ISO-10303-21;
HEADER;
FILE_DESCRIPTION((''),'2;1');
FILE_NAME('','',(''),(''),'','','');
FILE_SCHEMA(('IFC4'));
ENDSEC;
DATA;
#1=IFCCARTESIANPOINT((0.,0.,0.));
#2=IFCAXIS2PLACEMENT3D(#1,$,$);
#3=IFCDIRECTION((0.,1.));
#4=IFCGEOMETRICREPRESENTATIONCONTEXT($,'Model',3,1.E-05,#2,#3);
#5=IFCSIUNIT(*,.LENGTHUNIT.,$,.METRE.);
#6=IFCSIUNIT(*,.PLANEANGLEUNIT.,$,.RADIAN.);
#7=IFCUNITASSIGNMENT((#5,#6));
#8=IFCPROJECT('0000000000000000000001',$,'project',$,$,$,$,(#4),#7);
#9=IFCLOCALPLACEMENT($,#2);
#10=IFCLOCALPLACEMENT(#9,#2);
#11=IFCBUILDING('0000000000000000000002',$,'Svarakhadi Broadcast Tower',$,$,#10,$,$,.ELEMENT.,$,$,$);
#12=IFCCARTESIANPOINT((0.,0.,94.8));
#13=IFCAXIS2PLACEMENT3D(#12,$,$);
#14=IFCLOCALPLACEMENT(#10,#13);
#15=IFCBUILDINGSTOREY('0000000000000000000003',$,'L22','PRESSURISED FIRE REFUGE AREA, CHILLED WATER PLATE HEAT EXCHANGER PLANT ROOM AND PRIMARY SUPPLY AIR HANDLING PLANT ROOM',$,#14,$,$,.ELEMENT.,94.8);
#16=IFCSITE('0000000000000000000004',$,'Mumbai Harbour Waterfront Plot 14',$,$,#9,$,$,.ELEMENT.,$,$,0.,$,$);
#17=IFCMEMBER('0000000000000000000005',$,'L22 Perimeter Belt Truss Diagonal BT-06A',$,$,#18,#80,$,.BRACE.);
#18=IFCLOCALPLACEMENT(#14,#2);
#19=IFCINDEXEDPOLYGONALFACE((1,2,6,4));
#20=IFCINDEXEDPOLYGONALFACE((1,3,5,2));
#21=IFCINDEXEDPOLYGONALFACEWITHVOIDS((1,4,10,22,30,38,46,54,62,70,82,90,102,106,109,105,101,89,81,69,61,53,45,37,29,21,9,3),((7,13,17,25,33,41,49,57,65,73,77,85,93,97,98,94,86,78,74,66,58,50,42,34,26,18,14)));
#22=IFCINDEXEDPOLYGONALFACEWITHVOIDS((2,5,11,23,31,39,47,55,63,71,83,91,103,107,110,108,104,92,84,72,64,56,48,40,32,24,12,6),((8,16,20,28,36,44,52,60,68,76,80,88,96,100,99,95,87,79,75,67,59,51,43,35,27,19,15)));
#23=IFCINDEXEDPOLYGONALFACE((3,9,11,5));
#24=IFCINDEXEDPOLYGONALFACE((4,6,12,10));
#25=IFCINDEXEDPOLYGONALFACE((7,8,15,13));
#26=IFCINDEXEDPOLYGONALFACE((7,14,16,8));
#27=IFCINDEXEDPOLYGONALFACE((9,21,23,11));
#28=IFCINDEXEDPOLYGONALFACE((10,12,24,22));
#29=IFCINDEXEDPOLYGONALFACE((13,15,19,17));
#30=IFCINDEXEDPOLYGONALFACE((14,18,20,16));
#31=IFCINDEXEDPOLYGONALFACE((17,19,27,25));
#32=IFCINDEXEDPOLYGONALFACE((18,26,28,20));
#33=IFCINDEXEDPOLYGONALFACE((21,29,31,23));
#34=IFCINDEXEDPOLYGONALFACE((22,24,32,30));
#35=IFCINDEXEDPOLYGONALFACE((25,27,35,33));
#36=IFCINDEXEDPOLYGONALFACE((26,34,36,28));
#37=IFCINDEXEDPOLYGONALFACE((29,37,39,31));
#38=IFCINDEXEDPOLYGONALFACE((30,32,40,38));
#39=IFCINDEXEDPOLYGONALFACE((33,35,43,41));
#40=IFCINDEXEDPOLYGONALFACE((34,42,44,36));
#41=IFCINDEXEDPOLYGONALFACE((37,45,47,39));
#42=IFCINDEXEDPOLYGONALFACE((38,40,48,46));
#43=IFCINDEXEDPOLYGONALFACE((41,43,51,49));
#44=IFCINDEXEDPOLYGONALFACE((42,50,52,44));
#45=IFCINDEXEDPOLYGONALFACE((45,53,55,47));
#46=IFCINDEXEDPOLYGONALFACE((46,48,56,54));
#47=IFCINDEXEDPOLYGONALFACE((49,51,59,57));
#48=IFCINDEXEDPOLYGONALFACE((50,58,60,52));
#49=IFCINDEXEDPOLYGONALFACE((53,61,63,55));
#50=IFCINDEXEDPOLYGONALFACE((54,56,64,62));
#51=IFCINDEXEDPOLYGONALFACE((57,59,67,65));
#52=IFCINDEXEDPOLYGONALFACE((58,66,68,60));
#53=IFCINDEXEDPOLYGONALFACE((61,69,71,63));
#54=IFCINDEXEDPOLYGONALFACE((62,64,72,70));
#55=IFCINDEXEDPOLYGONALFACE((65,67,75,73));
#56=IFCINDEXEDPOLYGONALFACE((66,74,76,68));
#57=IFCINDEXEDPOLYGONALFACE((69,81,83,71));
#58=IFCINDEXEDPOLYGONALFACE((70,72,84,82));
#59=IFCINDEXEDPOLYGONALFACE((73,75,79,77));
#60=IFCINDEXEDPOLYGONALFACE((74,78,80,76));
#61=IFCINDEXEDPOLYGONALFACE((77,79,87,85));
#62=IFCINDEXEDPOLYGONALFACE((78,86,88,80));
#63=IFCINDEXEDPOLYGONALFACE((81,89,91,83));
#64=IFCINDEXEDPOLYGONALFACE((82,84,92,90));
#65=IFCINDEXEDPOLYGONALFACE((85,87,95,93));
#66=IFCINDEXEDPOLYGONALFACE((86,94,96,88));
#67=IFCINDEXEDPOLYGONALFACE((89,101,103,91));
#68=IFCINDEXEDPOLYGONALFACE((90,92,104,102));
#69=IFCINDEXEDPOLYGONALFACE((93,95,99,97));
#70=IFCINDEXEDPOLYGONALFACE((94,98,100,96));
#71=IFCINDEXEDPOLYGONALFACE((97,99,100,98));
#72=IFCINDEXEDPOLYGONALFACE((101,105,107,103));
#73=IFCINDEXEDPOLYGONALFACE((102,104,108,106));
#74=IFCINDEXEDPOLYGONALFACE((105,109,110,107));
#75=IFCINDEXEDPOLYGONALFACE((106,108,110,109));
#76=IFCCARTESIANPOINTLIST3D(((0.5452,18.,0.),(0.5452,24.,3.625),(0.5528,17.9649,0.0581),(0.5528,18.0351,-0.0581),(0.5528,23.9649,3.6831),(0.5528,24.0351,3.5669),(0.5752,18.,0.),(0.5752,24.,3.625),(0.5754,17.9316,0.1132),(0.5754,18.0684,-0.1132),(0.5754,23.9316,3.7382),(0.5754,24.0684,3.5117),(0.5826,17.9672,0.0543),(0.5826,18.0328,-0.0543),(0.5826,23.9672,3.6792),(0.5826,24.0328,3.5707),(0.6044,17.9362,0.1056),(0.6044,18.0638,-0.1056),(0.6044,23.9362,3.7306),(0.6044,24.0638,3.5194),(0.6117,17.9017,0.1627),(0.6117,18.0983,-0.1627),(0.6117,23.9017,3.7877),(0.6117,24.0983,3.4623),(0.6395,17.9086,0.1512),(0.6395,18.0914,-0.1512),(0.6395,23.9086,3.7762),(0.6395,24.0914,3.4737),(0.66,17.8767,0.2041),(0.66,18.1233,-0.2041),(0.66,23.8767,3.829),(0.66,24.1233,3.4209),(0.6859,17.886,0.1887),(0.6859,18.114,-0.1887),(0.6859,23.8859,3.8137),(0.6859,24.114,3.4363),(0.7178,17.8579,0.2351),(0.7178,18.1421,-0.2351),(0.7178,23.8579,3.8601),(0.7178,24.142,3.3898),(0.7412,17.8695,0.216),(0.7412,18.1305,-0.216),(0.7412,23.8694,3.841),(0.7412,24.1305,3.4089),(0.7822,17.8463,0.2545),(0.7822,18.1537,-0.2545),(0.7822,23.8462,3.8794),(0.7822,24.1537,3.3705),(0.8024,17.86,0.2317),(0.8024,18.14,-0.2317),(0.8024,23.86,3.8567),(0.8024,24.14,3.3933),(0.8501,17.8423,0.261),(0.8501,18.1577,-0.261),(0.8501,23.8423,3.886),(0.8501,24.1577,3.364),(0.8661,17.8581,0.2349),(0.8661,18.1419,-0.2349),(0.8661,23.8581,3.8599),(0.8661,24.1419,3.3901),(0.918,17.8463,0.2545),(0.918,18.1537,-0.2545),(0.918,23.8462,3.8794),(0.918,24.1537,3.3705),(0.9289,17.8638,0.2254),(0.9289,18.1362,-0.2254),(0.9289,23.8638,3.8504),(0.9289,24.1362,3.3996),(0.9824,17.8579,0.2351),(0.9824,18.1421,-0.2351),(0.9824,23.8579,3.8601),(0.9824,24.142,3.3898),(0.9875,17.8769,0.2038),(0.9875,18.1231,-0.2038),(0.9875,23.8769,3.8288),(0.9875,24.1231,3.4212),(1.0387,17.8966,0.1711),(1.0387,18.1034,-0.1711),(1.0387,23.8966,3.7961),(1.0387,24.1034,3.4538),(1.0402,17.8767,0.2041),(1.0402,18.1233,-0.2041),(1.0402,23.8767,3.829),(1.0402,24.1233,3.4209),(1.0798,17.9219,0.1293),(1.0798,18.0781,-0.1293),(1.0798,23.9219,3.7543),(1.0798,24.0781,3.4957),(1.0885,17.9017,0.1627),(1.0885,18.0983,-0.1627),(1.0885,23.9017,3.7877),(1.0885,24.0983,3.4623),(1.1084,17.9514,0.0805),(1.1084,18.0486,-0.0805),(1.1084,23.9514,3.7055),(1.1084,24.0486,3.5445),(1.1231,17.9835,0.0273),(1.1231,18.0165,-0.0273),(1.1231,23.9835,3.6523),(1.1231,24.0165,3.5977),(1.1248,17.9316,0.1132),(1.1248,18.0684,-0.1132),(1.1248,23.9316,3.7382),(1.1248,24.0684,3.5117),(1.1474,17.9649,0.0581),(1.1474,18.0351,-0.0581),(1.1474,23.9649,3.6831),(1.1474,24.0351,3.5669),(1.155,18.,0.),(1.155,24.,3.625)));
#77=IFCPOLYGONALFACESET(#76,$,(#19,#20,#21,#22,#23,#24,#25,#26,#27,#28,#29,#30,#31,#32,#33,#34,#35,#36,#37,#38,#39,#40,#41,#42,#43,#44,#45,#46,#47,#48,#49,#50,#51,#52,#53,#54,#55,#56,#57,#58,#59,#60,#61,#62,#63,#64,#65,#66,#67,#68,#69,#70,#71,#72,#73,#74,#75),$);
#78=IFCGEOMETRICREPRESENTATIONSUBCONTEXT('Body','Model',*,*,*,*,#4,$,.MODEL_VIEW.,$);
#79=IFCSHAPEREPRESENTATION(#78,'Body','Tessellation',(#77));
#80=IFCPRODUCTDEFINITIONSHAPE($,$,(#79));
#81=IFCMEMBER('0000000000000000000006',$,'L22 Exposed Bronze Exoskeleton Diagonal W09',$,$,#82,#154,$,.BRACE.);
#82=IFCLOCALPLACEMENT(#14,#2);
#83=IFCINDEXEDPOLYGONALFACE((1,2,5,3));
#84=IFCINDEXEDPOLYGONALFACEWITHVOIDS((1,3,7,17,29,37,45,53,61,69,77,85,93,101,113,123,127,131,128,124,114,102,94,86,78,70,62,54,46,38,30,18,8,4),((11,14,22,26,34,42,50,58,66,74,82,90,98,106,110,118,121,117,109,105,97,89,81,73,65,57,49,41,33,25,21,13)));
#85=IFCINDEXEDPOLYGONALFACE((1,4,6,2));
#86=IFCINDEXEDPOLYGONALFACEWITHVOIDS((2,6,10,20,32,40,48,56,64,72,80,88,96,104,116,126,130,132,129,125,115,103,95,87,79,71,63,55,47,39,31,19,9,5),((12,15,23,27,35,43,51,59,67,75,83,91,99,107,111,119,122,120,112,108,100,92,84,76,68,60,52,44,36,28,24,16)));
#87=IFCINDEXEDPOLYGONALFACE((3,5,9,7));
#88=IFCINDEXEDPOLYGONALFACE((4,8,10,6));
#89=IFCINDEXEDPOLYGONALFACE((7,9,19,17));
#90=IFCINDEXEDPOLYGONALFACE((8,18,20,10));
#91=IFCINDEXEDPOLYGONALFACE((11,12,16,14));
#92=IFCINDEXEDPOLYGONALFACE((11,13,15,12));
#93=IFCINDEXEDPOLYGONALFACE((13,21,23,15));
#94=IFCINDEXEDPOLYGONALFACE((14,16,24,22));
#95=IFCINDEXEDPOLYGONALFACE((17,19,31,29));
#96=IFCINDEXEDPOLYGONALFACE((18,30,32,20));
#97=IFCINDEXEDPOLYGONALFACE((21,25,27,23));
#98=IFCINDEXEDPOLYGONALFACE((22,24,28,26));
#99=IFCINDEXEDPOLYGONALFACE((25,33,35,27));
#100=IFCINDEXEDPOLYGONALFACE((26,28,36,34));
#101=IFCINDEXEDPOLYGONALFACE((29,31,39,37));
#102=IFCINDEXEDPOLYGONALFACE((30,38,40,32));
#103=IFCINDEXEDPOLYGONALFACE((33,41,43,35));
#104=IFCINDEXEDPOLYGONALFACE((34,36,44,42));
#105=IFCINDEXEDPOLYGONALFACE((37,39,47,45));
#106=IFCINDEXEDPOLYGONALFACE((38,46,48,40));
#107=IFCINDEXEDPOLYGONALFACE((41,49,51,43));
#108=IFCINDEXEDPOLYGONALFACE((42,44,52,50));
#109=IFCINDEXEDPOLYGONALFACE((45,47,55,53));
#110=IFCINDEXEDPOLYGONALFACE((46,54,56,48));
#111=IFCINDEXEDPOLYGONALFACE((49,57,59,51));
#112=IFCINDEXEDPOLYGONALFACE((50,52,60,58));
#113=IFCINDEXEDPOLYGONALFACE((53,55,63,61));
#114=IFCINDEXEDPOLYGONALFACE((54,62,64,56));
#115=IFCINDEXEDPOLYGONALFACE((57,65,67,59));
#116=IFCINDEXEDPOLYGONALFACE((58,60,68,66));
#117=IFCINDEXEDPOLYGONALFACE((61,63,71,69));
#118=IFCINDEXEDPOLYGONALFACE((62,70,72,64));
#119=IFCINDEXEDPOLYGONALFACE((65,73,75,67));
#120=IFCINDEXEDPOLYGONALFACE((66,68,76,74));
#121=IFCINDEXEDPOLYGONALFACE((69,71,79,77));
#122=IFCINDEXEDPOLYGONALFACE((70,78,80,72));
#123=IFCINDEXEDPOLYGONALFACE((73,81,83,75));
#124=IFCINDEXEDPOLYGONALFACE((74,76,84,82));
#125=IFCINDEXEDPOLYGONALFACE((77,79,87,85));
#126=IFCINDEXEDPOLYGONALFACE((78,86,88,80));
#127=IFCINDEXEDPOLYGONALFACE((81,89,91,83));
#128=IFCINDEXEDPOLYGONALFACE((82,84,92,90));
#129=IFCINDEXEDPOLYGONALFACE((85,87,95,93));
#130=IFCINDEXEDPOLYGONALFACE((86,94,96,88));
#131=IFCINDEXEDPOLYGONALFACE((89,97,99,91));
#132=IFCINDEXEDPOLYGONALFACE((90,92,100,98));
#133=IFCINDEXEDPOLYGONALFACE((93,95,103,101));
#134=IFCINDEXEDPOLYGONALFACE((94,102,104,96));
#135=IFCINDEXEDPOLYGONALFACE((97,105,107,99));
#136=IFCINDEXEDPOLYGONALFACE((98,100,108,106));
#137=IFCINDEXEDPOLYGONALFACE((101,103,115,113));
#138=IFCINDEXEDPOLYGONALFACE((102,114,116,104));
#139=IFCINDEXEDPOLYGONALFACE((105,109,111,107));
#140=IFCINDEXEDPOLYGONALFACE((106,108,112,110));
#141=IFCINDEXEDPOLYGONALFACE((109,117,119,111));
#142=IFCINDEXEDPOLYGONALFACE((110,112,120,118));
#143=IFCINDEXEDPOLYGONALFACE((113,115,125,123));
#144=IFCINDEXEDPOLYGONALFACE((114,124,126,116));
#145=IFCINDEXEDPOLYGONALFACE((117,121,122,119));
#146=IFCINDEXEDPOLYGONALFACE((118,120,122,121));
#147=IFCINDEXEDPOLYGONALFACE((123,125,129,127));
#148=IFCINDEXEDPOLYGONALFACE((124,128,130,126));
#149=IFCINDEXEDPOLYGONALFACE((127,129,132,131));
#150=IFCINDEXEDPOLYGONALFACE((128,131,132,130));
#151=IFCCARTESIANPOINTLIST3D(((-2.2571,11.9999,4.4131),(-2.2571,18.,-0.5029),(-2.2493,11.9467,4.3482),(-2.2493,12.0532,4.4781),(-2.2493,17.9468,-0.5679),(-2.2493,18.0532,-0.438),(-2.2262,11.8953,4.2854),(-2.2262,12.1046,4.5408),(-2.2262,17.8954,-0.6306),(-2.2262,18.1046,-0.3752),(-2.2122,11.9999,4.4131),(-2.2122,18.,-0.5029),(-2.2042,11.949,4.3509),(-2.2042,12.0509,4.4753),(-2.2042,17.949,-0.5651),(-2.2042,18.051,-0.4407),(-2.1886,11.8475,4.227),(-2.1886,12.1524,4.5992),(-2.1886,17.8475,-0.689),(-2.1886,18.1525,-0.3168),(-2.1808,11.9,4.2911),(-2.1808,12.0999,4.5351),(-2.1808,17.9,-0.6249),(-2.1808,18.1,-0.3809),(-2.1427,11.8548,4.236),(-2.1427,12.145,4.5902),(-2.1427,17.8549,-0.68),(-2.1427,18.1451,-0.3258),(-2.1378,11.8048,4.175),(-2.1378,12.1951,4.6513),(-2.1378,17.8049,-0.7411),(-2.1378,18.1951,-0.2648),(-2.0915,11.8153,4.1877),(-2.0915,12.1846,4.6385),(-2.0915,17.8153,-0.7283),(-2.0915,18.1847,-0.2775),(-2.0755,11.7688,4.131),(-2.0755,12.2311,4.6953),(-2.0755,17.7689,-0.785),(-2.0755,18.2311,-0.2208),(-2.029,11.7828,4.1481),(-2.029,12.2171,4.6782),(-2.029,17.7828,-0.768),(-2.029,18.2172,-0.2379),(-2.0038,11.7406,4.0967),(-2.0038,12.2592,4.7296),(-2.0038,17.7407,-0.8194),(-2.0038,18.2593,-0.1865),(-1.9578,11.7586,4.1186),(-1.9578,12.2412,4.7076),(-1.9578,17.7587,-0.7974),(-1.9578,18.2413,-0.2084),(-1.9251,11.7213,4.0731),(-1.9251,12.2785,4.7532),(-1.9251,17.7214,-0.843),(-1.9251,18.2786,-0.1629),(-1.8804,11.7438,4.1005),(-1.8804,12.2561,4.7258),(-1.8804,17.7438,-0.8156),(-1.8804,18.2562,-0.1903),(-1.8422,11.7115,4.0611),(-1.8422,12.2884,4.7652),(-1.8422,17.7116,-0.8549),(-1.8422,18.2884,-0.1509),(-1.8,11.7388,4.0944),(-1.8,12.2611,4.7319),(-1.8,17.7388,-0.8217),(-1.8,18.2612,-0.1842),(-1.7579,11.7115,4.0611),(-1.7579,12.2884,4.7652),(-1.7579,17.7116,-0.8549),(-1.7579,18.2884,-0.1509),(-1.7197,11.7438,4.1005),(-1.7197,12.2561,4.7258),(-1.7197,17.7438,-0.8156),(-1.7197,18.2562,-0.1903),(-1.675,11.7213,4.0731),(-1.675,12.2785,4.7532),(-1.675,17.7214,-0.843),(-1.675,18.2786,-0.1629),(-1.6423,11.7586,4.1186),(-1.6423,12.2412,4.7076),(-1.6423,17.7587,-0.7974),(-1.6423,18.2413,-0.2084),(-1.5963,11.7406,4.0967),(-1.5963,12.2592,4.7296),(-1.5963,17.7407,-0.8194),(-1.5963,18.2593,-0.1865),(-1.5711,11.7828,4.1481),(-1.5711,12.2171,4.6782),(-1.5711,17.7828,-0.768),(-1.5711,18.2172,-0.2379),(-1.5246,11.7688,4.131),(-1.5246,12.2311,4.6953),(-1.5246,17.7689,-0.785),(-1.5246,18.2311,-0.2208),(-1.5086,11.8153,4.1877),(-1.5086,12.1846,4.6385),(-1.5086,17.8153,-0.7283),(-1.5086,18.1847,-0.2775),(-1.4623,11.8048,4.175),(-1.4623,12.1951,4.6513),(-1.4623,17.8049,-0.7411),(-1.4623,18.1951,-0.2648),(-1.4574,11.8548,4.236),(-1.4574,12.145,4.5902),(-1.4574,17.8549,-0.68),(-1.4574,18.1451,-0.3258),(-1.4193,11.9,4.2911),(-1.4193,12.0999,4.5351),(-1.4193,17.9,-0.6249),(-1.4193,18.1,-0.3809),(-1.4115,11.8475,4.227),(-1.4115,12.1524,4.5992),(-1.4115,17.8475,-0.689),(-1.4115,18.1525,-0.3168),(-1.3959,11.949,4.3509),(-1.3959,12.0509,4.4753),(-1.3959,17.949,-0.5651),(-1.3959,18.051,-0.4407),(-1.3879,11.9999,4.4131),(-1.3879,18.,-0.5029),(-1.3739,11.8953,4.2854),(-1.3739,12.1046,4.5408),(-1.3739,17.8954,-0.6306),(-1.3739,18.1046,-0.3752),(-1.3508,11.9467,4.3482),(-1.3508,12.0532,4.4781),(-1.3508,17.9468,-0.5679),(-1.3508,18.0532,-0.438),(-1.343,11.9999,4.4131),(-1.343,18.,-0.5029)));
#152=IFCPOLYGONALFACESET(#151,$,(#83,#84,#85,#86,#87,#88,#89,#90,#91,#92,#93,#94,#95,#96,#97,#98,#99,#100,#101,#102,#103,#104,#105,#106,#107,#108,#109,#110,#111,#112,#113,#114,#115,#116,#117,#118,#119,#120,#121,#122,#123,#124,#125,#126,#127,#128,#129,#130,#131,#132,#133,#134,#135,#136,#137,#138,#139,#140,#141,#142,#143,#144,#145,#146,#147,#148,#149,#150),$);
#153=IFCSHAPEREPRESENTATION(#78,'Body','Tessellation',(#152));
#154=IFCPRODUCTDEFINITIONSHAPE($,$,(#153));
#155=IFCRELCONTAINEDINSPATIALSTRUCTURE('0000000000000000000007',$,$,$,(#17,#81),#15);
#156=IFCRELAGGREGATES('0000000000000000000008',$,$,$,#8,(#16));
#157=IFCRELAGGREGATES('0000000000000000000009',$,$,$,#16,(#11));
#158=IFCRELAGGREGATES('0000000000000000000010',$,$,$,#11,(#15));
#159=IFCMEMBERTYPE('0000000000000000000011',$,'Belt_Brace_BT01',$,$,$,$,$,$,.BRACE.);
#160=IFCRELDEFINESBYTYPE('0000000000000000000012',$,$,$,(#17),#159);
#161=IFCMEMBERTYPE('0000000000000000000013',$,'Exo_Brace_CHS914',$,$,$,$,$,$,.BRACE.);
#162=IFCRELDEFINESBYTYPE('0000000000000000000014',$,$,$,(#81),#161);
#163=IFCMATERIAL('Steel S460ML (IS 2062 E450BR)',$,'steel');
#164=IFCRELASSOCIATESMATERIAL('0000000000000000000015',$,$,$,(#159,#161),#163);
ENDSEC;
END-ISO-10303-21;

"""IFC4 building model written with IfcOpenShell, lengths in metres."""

from ifc_helpers import new_model, si_unit, direction, frame, origin, origin_2d, place, context, subcontext, project, spatial, hollow_circle, extrude, material, material_profile, profile_set, type_object, element, save


model = new_model("IFC4")

# Units and contexts
model_context = context("Model", 3, precision=1e-05, world=origin(), true_north=direction((0.0, 1.0)))
body_context = subcontext(model_context, "Body", "Model", "MODEL_VIEW")
ifc_project = project(units=[si_unit("LENGTHUNIT", "METRE"), si_unit("PLANEANGLEUNIT", "RADIAN")], contexts=[model_context])

# Site, building, storey
site_placement = place(None, origin())
site = spatial("IfcSite", under=ifc_project, at=site_placement, Name="Mumbai Harbour Waterfront Plot 14", CompositionType="ELEMENT", RefElevation=0.0)
building_placement = place(site_placement, origin())
building = spatial("IfcBuilding", under=site, at=building_placement, Name="Svarakhadi Broadcast Tower", CompositionType="ELEMENT")
storey_placement = place(building_placement, frame((0.0, 0.0, 94.8)))
storey = spatial("IfcBuildingStorey", under=building, at=storey_placement, Name="L22", Description="PRESSURISED FIRE REFUGE AREA, CHILLED WATER PLATE HEAT EXCHANGER PLANT ROOM AND PRIMARY SUPPLY AIR HANDLING PLANT ROOM", CompositionType="ELEMENT", Elevation=94.8)

# Shared definitions
ifc_material_1 = material(Name="Steel S460ML (IS 2062 E450BR)", Category="steel")

# Members
ifc_material_profile_1 = material_profile(ifc_material_1, hollow_circle(Radius=0.3049, WallThickness=0.03, at=origin_2d()), Name="CHS 610x30")
ifc_profile_set_1 = profile_set([ifc_material_profile_1], Name="Steel S460ML (IS 2062 E450BR)")
member_type_1 = type_object("IfcMemberType", Name="Belt_Brace_BT01", PredefinedType="BRACE", material=ifc_profile_set_1)
member_1_placement = place(storey_placement, frame((0.8501, 18.0, 0.0), z_axis=(0.0, 0.855916, 0.517116), x_axis=(-1.0, 0.0, 0.0)))
element("IfcMember", 1, at=member_1_placement, inside=storey, type_object=member_type_1, Name="L22 Perimeter Belt Truss Diagonal BT-06A", PredefinedType="BRACE", context=body_context, shape_type="SweptSolid", body=[
    extrude(hollow_circle(Radius=0.3049, WallThickness=0.03, at=origin_2d()), origin(), (0.0, 0.0, 1.0), 7.01),
])
ifc_material_profile_2 = material_profile(ifc_material_1, hollow_circle(Radius=0.457, WallThickness=0.0449, at=origin_2d()), Name="CHS 914x45")
ifc_profile_set_2 = profile_set([ifc_material_profile_2], Name="Steel S460ML (IS 2062 E450BR)")
member_type_2 = type_object("IfcMemberType", Name="Exo_Brace_CHS914", PredefinedType="BRACE", material=ifc_profile_set_2)
for number, where, z_axis, x_axis, name in (
    (2, (-1.8, 18.0, -0.5029), (0.0, -0.77352, 0.633772), (1.0, 0.0, 0.0), "L22 Exposed Bronze Exoskeleton Diagonal W09"),
):
    element("IfcMember", number, at=place(storey_placement, frame(where, z_axis=z_axis, x_axis=x_axis)), inside=storey, type_object=member_type_2, Name=name, PredefinedType="BRACE", context=body_context, shape_type="SweptSolid", body=[
        extrude(hollow_circle(Radius=0.457, WallThickness=0.0449, at=origin_2d()), origin(), (0.0, 0.0, 1.0), 7.7568),
    ])

save(model, "model.ifc")
